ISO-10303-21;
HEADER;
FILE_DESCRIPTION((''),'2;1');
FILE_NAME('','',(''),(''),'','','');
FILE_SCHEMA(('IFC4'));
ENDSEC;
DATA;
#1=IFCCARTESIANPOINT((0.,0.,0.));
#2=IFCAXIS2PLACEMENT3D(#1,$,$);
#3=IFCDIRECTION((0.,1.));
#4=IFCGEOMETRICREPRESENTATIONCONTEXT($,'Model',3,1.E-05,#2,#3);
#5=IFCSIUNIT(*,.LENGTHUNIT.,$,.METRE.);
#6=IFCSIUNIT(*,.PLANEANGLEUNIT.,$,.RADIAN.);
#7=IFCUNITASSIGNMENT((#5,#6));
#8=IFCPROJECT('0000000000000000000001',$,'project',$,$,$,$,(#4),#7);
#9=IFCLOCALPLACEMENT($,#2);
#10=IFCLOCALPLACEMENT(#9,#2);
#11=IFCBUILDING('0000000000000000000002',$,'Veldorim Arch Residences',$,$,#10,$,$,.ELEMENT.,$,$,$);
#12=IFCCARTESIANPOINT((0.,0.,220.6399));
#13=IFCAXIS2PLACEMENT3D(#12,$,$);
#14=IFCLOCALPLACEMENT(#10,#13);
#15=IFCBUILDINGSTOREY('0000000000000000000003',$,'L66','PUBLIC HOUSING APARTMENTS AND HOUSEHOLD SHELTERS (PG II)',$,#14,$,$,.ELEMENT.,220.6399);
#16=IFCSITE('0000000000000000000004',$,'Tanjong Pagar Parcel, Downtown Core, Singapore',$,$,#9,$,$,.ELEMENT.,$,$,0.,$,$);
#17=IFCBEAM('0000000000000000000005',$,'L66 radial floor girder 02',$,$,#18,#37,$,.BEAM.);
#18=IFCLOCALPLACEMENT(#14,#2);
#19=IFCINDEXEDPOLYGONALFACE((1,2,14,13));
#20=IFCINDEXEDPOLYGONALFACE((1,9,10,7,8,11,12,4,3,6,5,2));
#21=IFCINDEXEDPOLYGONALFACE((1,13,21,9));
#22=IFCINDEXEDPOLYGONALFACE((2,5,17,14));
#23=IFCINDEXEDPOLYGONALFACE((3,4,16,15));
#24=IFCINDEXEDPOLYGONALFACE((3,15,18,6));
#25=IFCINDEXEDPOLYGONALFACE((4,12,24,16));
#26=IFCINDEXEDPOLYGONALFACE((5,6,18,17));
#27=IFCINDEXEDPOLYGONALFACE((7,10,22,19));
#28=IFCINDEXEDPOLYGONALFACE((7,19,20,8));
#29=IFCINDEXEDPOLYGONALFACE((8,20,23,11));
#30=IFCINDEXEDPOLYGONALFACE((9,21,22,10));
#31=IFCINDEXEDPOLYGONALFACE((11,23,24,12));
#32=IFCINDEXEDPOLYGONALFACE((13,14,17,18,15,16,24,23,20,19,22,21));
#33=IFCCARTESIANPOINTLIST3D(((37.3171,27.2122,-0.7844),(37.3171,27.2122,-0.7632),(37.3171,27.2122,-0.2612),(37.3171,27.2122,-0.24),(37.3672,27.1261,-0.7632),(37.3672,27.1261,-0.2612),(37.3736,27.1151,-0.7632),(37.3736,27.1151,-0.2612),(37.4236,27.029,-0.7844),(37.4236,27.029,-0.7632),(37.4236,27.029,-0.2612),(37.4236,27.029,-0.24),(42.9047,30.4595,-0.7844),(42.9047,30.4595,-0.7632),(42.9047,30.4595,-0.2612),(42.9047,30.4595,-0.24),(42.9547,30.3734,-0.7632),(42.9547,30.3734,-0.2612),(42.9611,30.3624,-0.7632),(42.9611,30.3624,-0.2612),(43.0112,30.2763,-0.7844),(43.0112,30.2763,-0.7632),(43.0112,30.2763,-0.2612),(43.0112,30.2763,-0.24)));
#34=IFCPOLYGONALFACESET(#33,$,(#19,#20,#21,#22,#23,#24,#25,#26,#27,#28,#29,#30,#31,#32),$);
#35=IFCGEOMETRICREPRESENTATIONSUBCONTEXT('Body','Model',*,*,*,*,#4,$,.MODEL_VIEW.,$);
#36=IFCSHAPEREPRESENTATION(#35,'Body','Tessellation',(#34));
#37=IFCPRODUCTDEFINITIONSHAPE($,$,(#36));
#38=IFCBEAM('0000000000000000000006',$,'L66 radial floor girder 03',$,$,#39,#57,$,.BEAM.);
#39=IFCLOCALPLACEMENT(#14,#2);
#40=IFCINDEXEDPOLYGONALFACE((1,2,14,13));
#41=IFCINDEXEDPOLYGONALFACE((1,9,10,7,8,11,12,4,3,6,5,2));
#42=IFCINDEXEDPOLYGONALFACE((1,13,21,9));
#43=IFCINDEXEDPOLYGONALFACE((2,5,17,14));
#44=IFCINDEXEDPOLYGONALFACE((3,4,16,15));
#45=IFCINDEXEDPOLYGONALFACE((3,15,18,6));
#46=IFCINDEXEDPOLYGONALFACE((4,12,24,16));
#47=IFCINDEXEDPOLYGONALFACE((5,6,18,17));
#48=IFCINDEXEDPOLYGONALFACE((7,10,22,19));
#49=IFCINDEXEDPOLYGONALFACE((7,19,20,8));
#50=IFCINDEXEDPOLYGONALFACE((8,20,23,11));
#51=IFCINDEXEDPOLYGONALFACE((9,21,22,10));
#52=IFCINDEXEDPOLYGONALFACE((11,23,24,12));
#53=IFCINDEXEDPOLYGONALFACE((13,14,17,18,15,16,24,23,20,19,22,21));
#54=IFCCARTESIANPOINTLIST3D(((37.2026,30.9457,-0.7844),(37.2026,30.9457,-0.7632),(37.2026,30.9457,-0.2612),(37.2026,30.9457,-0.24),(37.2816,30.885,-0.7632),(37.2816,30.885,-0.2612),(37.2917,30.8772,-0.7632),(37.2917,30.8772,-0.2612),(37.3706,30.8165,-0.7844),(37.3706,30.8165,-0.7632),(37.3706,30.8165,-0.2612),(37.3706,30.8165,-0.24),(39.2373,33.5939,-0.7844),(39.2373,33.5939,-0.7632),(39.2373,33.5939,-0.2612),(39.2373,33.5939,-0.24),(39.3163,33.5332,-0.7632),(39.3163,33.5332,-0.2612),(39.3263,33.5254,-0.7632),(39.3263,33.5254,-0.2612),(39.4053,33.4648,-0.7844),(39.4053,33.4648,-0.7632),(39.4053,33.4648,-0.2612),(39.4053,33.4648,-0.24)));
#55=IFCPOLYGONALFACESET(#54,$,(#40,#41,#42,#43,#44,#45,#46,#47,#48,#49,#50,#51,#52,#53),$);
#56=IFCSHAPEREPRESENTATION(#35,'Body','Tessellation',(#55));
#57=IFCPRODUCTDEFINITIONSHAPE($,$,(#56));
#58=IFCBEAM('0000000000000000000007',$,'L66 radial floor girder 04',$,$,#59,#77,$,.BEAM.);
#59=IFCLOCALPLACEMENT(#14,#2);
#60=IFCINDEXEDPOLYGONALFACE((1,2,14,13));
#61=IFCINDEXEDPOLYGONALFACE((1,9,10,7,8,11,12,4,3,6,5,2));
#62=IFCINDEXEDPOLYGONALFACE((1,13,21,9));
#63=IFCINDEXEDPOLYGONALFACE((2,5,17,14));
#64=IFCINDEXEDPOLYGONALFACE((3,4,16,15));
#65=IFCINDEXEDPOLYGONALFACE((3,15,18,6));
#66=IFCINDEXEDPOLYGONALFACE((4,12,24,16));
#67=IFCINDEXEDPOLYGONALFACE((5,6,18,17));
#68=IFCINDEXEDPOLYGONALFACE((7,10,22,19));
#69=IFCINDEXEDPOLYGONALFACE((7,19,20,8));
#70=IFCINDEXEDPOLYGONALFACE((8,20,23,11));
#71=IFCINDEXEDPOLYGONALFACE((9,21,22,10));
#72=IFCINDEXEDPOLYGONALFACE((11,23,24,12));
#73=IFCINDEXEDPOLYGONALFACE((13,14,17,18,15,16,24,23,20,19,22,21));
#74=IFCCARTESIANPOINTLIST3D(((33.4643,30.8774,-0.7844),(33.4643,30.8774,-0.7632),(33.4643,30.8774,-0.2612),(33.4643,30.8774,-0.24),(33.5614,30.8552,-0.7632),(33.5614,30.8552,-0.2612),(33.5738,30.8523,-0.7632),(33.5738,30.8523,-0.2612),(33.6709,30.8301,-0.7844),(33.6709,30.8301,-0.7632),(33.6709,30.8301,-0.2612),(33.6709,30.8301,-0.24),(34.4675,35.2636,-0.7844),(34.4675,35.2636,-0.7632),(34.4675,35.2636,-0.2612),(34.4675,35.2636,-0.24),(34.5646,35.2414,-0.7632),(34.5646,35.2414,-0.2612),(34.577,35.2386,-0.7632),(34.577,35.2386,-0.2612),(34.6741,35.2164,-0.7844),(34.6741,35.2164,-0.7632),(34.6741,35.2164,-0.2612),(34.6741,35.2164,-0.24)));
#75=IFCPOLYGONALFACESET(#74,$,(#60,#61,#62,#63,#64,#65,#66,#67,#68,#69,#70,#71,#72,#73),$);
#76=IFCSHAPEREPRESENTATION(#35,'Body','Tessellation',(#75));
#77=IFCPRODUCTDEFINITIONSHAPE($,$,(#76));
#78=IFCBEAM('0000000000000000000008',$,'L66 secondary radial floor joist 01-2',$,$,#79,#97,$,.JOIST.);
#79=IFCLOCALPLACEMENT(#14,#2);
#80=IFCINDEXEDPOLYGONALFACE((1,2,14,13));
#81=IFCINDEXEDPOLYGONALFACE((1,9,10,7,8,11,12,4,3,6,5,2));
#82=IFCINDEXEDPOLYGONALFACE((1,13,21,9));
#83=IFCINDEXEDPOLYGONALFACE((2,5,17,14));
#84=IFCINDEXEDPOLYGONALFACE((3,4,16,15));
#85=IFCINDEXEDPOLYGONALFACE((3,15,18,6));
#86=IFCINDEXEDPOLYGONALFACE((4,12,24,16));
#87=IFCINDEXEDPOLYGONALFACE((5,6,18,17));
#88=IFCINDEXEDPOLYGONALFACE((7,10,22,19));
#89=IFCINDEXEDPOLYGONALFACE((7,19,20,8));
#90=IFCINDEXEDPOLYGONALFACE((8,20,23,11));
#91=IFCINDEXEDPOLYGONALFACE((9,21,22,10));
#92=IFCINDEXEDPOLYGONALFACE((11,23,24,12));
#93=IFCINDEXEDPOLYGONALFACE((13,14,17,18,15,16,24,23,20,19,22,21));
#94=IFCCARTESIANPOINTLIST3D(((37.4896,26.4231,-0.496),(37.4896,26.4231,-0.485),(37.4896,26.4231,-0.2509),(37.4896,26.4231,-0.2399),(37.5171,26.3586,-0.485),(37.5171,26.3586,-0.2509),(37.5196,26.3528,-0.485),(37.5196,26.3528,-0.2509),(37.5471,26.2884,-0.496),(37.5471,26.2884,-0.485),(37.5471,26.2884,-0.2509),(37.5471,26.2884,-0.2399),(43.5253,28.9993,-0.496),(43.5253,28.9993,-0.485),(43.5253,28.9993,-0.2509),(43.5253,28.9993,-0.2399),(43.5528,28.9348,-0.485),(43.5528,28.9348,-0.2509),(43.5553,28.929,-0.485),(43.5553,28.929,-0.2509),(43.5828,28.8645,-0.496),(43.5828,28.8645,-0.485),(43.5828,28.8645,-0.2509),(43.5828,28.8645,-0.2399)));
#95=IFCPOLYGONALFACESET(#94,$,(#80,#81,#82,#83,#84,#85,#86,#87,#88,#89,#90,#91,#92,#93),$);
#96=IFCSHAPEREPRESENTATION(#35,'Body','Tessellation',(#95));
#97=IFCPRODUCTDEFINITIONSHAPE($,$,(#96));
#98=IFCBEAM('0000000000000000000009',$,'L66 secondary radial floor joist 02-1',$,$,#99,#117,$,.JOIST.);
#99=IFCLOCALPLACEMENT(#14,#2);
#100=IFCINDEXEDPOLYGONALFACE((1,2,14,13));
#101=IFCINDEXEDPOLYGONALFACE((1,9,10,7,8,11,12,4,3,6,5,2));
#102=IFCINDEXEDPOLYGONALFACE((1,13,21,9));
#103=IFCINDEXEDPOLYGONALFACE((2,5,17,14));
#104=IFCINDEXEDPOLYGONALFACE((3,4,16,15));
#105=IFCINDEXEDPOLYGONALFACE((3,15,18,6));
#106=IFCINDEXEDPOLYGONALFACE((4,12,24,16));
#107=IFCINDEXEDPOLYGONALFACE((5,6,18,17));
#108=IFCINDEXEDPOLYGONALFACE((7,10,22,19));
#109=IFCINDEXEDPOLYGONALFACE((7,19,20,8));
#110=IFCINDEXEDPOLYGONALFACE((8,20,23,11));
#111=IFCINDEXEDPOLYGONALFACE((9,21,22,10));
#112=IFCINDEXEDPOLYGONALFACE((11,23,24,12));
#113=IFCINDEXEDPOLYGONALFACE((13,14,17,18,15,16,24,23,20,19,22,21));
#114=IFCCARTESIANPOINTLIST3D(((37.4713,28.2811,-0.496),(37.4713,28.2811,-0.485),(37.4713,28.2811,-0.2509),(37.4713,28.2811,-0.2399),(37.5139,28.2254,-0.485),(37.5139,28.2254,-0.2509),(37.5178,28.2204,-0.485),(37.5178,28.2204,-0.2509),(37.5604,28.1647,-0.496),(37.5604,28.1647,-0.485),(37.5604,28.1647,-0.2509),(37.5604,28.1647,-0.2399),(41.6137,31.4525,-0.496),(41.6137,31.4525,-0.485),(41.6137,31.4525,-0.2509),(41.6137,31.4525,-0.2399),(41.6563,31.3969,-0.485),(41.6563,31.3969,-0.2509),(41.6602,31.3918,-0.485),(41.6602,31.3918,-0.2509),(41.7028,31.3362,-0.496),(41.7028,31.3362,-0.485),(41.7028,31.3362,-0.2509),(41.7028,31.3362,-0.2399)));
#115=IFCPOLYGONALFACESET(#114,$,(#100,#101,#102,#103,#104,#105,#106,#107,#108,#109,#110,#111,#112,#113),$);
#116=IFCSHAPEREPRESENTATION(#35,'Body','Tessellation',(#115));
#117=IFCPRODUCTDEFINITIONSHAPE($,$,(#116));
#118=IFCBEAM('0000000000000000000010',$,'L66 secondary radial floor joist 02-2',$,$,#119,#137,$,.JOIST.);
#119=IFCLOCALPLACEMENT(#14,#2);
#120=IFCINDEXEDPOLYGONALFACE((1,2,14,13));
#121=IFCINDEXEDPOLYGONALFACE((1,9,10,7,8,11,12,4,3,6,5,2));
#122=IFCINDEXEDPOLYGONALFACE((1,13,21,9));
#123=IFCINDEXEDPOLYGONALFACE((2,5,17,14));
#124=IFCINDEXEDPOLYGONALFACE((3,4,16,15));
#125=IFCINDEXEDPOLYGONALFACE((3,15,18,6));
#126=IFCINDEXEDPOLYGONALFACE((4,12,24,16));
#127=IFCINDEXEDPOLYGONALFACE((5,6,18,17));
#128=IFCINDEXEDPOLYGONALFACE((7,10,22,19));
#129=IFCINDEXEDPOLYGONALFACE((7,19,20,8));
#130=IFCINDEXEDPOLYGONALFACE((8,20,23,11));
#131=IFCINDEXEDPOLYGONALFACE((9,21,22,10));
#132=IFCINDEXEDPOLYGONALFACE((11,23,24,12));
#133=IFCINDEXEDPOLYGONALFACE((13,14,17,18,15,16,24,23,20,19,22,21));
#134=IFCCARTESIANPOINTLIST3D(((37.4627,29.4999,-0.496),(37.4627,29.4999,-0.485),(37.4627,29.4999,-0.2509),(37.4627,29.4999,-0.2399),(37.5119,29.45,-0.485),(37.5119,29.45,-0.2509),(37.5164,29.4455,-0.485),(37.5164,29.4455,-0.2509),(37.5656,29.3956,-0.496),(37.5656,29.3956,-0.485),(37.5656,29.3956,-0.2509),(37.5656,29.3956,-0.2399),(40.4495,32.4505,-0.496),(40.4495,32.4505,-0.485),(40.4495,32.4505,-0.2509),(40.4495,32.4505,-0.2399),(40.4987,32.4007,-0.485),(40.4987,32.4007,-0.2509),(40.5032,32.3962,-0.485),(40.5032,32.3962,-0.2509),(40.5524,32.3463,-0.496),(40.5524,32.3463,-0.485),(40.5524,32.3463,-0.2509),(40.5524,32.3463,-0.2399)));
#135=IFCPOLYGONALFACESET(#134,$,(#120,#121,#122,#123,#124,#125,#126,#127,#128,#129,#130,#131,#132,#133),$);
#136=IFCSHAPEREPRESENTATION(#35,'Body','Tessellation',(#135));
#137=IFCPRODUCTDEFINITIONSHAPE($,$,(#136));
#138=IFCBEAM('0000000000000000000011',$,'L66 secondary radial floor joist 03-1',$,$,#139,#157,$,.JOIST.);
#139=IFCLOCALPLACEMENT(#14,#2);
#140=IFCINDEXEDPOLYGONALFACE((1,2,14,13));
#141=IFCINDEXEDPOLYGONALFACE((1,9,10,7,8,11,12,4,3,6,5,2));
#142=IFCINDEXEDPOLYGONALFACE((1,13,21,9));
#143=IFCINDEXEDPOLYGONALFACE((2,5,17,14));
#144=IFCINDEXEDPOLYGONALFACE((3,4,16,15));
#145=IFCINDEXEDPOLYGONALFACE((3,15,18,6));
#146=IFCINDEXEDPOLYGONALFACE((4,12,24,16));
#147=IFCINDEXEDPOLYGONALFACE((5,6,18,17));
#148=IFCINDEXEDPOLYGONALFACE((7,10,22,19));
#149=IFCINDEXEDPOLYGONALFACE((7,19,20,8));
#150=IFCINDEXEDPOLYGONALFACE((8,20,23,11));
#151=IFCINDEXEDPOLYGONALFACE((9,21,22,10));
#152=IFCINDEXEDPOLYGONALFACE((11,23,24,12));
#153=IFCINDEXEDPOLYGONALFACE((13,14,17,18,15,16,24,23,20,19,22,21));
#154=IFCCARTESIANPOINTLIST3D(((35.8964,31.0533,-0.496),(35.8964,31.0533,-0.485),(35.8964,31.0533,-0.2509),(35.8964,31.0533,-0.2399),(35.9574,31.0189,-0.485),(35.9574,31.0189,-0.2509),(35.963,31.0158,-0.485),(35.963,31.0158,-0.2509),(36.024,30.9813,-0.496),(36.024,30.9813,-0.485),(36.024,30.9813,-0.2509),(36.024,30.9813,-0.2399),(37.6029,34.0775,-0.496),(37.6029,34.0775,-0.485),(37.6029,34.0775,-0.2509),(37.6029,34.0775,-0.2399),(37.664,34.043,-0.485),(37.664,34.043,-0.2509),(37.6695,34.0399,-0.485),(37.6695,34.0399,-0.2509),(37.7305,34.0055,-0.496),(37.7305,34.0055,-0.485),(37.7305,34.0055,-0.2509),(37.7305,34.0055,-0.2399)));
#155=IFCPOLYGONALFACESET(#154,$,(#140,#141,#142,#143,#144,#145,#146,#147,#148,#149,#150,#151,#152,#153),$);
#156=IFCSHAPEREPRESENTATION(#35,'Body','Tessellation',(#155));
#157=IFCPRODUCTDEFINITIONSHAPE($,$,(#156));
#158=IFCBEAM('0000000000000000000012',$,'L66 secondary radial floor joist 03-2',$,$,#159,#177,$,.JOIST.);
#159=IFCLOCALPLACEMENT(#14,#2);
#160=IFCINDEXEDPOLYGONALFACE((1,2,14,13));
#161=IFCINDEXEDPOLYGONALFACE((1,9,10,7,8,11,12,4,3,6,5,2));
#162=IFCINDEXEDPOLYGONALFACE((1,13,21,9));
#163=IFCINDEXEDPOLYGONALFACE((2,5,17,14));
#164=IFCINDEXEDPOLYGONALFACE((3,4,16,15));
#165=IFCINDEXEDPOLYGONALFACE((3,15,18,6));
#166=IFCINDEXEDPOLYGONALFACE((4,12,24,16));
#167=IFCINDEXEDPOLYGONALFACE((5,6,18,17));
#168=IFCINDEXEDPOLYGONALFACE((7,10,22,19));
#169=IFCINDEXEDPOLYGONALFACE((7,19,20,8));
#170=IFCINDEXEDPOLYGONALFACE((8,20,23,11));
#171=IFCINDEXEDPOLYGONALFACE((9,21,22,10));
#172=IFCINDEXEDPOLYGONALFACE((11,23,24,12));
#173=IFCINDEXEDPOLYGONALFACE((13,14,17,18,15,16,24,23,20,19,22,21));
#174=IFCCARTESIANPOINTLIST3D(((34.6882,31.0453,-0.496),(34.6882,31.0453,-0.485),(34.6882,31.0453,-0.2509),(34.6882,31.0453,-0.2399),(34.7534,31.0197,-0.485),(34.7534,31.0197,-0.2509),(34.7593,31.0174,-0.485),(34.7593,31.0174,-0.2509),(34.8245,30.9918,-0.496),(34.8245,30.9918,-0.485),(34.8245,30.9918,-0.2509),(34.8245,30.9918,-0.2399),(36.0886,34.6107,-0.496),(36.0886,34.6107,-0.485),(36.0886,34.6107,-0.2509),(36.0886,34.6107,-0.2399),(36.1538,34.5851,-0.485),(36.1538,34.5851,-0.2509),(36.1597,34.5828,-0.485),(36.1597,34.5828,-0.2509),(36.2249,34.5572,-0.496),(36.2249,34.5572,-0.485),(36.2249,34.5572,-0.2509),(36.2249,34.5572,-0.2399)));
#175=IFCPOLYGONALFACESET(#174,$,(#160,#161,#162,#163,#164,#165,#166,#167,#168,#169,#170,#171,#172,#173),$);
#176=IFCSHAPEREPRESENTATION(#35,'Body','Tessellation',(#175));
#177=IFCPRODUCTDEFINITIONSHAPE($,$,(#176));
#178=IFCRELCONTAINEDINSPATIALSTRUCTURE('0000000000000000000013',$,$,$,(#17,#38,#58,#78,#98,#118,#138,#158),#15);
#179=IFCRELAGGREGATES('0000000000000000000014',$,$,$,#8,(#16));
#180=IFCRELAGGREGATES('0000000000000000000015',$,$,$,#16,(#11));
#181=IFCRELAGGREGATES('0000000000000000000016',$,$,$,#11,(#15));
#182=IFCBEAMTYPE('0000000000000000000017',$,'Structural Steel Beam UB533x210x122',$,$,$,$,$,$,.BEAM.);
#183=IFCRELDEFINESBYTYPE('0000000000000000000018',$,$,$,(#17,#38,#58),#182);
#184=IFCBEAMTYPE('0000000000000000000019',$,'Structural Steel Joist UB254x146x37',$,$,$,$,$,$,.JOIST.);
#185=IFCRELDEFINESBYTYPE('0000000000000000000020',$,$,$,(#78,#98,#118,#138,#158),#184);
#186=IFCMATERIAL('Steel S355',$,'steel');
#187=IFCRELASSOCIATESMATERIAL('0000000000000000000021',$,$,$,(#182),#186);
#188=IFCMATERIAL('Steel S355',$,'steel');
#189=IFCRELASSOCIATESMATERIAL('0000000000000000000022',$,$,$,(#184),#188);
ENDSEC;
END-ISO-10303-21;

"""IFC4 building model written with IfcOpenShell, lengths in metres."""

from ifc_helpers import new_model, si_unit, direction, frame, origin, origin_2d, place, context, subcontext, project, spatial, i_section, extrude, material, material_profile, profile_set, type_object, element, save


model = new_model("IFC4")

# Units and contexts
model_context = context("Model", 3, precision=1e-05, world=origin(), true_north=direction((0.0, 1.0)))
body_context = subcontext(model_context, "Body", "Model", "MODEL_VIEW")
ifc_project = project(units=[si_unit("LENGTHUNIT", "METRE"), si_unit("PLANEANGLEUNIT", "RADIAN")], contexts=[model_context])

# Site, building, storey
site_placement = place(None, origin())
site = spatial("IfcSite", under=ifc_project, at=site_placement, Name="Tanjong Pagar Parcel, Downtown Core, Singapore", CompositionType="ELEMENT", RefElevation=0.0)
building_placement = place(site_placement, origin())
building = spatial("IfcBuilding", under=site, at=building_placement, Name="Veldorim Arch Residences", CompositionType="ELEMENT")
storey_placement = place(building_placement, frame((0.0, 0.0, 220.6399)))
storey = spatial("IfcBuildingStorey", under=building, at=storey_placement, Name="L66", Description="PUBLIC HOUSING APARTMENTS AND HOUSEHOLD SHELTERS (PG II)", CompositionType="ELEMENT", Elevation=220.6399)

# Beams
ifc_material_1 = material(Name="Steel S355", Category="steel")
ifc_material_profile_1 = material_profile(ifc_material_1, i_section(OverallWidth=0.2119, OverallDepth=0.5444, WebThickness=0.0127, FlangeThickness=0.0212, at=origin_2d()), Name="UB533x210x122")
ifc_profile_set_1 = profile_set([ifc_material_profile_1], Name="Steel S355")
beam_type_1 = type_object("IfcBeamType", Name="Structural Steel Beam UB533x210x122", PredefinedType="BEAM", material=ifc_profile_set_1)
beam_1_placement = place(storey_placement, frame((37.3704, 27.1206, -0.5122), z_axis=(0.864596, 0.502468, 0.0), x_axis=(-0.502468, 0.864596, 0.0)))
element("IfcBeam", 1, at=beam_1_placement, inside=storey, type_object=beam_type_1, Name="L66 radial floor girder 02", PredefinedType="BEAM", context=body_context, shape_type="SweptSolid", body=[
    extrude(i_section(OverallWidth=0.2119, OverallDepth=0.5444, WebThickness=0.0127, FlangeThickness=0.0212, at=origin_2d()), origin(), (0.0, 0.0, 1.0), 6.4626),
])
beam_2_placement = place(storey_placement, frame((37.2866, 30.8811, -0.5122), z_axis=(0.609258, 0.792972, 0.0), x_axis=(-0.792972, 0.609258, 0.0)))
element("IfcBeam", 2, at=beam_2_placement, inside=storey, type_object=beam_type_1, Name="L66 radial floor girder 03", PredefinedType="BEAM", context=body_context, shape_type="SweptSolid", body=[
    extrude(i_section(OverallWidth=0.2119, OverallDepth=0.5444, WebThickness=0.0127, FlangeThickness=0.0212, at=origin_2d()), origin(), (0.0, 0.0, 1.0), 3.3396),
])
beam_3_placement = place(storey_placement, frame((33.5676, 30.8538, -0.5122), z_axis=(0.222953, 0.974829, 0.0), x_axis=(-0.974829, 0.222953, 0.0)))
element("IfcBeam", 3, at=beam_3_placement, inside=storey, type_object=beam_type_1, Name="L66 radial floor girder 04", PredefinedType="BEAM", context=body_context, shape_type="SweptSolid", body=[
    extrude(i_section(OverallWidth=0.2119, OverallDepth=0.5444, WebThickness=0.0127, FlangeThickness=0.0212, at=origin_2d()), origin(), (0.0, 0.0, 1.0), 4.4995),
])
ifc_material_2 = material(Name="Steel S355", Category="steel")
ifc_material_profile_2 = material_profile(ifc_material_2, i_section(OverallWidth=0.1465, OverallDepth=0.2561, WebThickness=0.0063, FlangeThickness=0.011, at=origin_2d()), Name="UB254x146x37")
ifc_profile_set_2 = profile_set([ifc_material_profile_2], Name="Steel S355")
beam_type_2 = type_object("IfcBeamType", Name="Structural Steel Joist UB254x146x37", PredefinedType="JOIST", material=ifc_profile_set_2)
beam_4_placement = place(storey_placement, frame((37.5183, 26.3557, -0.3679), z_axis=(0.919725, 0.392563, 0.0), x_axis=(-0.392563, 0.919725, 0.0)))
element("IfcBeam", 4, at=beam_4_placement, inside=storey, type_object=beam_type_2, Name="L66 secondary radial floor joist 01-2", PredefinedType="JOIST", context=body_context, shape_type="SweptSolid", body=[
    extrude(i_section(OverallWidth=0.1465, OverallDepth=0.2561, WebThickness=0.0063, FlangeThickness=0.011, at=origin_2d()), origin(), (0.0, 0.0, 1.0), 6.5625),
])
beam_5_placement = place(storey_placement, frame((37.5159, 28.2229, -0.3679), z_axis=(0.794014, 0.6079, 0.0), x_axis=(-0.6079, 0.794014, 0.0)))
element("IfcBeam", 5, at=beam_5_placement, inside=storey, type_object=beam_type_2, Name="L66 secondary radial floor joist 02-1", PredefinedType="JOIST", context=body_context, shape_type="SweptSolid", body=[
    extrude(i_section(OverallWidth=0.1465, OverallDepth=0.2561, WebThickness=0.0063, FlangeThickness=0.011, at=origin_2d()), origin(), (0.0, 0.0, 1.0), 5.217),
])
beam_6_placement = place(storey_placement, frame((37.5142, 29.4478, -0.3679), z_axis=(0.711397, 0.702791, 0.0), x_axis=(-0.702791, 0.711397, 0.0)))
element("IfcBeam", 6, at=beam_6_placement, inside=storey, type_object=beam_type_2, Name="L66 secondary radial floor joist 02-2", PredefinedType="JOIST", context=body_context, shape_type="SweptSolid", body=[
    extrude(i_section(OverallWidth=0.1465, OverallDepth=0.2561, WebThickness=0.0063, FlangeThickness=0.011, at=origin_2d()), origin(), (0.0, 0.0, 1.0), 4.1985),
])
beam_7_placement = place(storey_placement, frame((35.9602, 31.0173, -0.3679), z_axis=(0.491452, 0.870904, 0.0), x_axis=(-0.870904, 0.491452, 0.0)))
element("IfcBeam", 7, at=beam_7_placement, inside=storey, type_object=beam_type_2, Name="L66 secondary radial floor joist 03-1", PredefinedType="JOIST", context=body_context, shape_type="SweptSolid", body=[
    extrude(i_section(OverallWidth=0.1465, OverallDepth=0.2561, WebThickness=0.0063, FlangeThickness=0.011, at=origin_2d()), origin(), (0.0, 0.0, 1.0), 3.4724),
])
beam_8_placement = place(storey_placement, frame((34.7563, 31.0186, -0.3679), z_axis=(0.365581, 0.930779, 0.0), x_axis=(-0.930779, 0.365581, 0.0)))
element("IfcBeam", 8, at=beam_8_placement, inside=storey, type_object=beam_type_2, Name="L66 secondary radial floor joist 03-2", PredefinedType="JOIST", context=body_context, shape_type="SweptSolid", body=[
    extrude(i_section(OverallWidth=0.1465, OverallDepth=0.2561, WebThickness=0.0063, FlangeThickness=0.011, at=origin_2d()), origin(), (0.0, 0.0, 1.0), 3.8306),
])

save(model, "model.ifc")
